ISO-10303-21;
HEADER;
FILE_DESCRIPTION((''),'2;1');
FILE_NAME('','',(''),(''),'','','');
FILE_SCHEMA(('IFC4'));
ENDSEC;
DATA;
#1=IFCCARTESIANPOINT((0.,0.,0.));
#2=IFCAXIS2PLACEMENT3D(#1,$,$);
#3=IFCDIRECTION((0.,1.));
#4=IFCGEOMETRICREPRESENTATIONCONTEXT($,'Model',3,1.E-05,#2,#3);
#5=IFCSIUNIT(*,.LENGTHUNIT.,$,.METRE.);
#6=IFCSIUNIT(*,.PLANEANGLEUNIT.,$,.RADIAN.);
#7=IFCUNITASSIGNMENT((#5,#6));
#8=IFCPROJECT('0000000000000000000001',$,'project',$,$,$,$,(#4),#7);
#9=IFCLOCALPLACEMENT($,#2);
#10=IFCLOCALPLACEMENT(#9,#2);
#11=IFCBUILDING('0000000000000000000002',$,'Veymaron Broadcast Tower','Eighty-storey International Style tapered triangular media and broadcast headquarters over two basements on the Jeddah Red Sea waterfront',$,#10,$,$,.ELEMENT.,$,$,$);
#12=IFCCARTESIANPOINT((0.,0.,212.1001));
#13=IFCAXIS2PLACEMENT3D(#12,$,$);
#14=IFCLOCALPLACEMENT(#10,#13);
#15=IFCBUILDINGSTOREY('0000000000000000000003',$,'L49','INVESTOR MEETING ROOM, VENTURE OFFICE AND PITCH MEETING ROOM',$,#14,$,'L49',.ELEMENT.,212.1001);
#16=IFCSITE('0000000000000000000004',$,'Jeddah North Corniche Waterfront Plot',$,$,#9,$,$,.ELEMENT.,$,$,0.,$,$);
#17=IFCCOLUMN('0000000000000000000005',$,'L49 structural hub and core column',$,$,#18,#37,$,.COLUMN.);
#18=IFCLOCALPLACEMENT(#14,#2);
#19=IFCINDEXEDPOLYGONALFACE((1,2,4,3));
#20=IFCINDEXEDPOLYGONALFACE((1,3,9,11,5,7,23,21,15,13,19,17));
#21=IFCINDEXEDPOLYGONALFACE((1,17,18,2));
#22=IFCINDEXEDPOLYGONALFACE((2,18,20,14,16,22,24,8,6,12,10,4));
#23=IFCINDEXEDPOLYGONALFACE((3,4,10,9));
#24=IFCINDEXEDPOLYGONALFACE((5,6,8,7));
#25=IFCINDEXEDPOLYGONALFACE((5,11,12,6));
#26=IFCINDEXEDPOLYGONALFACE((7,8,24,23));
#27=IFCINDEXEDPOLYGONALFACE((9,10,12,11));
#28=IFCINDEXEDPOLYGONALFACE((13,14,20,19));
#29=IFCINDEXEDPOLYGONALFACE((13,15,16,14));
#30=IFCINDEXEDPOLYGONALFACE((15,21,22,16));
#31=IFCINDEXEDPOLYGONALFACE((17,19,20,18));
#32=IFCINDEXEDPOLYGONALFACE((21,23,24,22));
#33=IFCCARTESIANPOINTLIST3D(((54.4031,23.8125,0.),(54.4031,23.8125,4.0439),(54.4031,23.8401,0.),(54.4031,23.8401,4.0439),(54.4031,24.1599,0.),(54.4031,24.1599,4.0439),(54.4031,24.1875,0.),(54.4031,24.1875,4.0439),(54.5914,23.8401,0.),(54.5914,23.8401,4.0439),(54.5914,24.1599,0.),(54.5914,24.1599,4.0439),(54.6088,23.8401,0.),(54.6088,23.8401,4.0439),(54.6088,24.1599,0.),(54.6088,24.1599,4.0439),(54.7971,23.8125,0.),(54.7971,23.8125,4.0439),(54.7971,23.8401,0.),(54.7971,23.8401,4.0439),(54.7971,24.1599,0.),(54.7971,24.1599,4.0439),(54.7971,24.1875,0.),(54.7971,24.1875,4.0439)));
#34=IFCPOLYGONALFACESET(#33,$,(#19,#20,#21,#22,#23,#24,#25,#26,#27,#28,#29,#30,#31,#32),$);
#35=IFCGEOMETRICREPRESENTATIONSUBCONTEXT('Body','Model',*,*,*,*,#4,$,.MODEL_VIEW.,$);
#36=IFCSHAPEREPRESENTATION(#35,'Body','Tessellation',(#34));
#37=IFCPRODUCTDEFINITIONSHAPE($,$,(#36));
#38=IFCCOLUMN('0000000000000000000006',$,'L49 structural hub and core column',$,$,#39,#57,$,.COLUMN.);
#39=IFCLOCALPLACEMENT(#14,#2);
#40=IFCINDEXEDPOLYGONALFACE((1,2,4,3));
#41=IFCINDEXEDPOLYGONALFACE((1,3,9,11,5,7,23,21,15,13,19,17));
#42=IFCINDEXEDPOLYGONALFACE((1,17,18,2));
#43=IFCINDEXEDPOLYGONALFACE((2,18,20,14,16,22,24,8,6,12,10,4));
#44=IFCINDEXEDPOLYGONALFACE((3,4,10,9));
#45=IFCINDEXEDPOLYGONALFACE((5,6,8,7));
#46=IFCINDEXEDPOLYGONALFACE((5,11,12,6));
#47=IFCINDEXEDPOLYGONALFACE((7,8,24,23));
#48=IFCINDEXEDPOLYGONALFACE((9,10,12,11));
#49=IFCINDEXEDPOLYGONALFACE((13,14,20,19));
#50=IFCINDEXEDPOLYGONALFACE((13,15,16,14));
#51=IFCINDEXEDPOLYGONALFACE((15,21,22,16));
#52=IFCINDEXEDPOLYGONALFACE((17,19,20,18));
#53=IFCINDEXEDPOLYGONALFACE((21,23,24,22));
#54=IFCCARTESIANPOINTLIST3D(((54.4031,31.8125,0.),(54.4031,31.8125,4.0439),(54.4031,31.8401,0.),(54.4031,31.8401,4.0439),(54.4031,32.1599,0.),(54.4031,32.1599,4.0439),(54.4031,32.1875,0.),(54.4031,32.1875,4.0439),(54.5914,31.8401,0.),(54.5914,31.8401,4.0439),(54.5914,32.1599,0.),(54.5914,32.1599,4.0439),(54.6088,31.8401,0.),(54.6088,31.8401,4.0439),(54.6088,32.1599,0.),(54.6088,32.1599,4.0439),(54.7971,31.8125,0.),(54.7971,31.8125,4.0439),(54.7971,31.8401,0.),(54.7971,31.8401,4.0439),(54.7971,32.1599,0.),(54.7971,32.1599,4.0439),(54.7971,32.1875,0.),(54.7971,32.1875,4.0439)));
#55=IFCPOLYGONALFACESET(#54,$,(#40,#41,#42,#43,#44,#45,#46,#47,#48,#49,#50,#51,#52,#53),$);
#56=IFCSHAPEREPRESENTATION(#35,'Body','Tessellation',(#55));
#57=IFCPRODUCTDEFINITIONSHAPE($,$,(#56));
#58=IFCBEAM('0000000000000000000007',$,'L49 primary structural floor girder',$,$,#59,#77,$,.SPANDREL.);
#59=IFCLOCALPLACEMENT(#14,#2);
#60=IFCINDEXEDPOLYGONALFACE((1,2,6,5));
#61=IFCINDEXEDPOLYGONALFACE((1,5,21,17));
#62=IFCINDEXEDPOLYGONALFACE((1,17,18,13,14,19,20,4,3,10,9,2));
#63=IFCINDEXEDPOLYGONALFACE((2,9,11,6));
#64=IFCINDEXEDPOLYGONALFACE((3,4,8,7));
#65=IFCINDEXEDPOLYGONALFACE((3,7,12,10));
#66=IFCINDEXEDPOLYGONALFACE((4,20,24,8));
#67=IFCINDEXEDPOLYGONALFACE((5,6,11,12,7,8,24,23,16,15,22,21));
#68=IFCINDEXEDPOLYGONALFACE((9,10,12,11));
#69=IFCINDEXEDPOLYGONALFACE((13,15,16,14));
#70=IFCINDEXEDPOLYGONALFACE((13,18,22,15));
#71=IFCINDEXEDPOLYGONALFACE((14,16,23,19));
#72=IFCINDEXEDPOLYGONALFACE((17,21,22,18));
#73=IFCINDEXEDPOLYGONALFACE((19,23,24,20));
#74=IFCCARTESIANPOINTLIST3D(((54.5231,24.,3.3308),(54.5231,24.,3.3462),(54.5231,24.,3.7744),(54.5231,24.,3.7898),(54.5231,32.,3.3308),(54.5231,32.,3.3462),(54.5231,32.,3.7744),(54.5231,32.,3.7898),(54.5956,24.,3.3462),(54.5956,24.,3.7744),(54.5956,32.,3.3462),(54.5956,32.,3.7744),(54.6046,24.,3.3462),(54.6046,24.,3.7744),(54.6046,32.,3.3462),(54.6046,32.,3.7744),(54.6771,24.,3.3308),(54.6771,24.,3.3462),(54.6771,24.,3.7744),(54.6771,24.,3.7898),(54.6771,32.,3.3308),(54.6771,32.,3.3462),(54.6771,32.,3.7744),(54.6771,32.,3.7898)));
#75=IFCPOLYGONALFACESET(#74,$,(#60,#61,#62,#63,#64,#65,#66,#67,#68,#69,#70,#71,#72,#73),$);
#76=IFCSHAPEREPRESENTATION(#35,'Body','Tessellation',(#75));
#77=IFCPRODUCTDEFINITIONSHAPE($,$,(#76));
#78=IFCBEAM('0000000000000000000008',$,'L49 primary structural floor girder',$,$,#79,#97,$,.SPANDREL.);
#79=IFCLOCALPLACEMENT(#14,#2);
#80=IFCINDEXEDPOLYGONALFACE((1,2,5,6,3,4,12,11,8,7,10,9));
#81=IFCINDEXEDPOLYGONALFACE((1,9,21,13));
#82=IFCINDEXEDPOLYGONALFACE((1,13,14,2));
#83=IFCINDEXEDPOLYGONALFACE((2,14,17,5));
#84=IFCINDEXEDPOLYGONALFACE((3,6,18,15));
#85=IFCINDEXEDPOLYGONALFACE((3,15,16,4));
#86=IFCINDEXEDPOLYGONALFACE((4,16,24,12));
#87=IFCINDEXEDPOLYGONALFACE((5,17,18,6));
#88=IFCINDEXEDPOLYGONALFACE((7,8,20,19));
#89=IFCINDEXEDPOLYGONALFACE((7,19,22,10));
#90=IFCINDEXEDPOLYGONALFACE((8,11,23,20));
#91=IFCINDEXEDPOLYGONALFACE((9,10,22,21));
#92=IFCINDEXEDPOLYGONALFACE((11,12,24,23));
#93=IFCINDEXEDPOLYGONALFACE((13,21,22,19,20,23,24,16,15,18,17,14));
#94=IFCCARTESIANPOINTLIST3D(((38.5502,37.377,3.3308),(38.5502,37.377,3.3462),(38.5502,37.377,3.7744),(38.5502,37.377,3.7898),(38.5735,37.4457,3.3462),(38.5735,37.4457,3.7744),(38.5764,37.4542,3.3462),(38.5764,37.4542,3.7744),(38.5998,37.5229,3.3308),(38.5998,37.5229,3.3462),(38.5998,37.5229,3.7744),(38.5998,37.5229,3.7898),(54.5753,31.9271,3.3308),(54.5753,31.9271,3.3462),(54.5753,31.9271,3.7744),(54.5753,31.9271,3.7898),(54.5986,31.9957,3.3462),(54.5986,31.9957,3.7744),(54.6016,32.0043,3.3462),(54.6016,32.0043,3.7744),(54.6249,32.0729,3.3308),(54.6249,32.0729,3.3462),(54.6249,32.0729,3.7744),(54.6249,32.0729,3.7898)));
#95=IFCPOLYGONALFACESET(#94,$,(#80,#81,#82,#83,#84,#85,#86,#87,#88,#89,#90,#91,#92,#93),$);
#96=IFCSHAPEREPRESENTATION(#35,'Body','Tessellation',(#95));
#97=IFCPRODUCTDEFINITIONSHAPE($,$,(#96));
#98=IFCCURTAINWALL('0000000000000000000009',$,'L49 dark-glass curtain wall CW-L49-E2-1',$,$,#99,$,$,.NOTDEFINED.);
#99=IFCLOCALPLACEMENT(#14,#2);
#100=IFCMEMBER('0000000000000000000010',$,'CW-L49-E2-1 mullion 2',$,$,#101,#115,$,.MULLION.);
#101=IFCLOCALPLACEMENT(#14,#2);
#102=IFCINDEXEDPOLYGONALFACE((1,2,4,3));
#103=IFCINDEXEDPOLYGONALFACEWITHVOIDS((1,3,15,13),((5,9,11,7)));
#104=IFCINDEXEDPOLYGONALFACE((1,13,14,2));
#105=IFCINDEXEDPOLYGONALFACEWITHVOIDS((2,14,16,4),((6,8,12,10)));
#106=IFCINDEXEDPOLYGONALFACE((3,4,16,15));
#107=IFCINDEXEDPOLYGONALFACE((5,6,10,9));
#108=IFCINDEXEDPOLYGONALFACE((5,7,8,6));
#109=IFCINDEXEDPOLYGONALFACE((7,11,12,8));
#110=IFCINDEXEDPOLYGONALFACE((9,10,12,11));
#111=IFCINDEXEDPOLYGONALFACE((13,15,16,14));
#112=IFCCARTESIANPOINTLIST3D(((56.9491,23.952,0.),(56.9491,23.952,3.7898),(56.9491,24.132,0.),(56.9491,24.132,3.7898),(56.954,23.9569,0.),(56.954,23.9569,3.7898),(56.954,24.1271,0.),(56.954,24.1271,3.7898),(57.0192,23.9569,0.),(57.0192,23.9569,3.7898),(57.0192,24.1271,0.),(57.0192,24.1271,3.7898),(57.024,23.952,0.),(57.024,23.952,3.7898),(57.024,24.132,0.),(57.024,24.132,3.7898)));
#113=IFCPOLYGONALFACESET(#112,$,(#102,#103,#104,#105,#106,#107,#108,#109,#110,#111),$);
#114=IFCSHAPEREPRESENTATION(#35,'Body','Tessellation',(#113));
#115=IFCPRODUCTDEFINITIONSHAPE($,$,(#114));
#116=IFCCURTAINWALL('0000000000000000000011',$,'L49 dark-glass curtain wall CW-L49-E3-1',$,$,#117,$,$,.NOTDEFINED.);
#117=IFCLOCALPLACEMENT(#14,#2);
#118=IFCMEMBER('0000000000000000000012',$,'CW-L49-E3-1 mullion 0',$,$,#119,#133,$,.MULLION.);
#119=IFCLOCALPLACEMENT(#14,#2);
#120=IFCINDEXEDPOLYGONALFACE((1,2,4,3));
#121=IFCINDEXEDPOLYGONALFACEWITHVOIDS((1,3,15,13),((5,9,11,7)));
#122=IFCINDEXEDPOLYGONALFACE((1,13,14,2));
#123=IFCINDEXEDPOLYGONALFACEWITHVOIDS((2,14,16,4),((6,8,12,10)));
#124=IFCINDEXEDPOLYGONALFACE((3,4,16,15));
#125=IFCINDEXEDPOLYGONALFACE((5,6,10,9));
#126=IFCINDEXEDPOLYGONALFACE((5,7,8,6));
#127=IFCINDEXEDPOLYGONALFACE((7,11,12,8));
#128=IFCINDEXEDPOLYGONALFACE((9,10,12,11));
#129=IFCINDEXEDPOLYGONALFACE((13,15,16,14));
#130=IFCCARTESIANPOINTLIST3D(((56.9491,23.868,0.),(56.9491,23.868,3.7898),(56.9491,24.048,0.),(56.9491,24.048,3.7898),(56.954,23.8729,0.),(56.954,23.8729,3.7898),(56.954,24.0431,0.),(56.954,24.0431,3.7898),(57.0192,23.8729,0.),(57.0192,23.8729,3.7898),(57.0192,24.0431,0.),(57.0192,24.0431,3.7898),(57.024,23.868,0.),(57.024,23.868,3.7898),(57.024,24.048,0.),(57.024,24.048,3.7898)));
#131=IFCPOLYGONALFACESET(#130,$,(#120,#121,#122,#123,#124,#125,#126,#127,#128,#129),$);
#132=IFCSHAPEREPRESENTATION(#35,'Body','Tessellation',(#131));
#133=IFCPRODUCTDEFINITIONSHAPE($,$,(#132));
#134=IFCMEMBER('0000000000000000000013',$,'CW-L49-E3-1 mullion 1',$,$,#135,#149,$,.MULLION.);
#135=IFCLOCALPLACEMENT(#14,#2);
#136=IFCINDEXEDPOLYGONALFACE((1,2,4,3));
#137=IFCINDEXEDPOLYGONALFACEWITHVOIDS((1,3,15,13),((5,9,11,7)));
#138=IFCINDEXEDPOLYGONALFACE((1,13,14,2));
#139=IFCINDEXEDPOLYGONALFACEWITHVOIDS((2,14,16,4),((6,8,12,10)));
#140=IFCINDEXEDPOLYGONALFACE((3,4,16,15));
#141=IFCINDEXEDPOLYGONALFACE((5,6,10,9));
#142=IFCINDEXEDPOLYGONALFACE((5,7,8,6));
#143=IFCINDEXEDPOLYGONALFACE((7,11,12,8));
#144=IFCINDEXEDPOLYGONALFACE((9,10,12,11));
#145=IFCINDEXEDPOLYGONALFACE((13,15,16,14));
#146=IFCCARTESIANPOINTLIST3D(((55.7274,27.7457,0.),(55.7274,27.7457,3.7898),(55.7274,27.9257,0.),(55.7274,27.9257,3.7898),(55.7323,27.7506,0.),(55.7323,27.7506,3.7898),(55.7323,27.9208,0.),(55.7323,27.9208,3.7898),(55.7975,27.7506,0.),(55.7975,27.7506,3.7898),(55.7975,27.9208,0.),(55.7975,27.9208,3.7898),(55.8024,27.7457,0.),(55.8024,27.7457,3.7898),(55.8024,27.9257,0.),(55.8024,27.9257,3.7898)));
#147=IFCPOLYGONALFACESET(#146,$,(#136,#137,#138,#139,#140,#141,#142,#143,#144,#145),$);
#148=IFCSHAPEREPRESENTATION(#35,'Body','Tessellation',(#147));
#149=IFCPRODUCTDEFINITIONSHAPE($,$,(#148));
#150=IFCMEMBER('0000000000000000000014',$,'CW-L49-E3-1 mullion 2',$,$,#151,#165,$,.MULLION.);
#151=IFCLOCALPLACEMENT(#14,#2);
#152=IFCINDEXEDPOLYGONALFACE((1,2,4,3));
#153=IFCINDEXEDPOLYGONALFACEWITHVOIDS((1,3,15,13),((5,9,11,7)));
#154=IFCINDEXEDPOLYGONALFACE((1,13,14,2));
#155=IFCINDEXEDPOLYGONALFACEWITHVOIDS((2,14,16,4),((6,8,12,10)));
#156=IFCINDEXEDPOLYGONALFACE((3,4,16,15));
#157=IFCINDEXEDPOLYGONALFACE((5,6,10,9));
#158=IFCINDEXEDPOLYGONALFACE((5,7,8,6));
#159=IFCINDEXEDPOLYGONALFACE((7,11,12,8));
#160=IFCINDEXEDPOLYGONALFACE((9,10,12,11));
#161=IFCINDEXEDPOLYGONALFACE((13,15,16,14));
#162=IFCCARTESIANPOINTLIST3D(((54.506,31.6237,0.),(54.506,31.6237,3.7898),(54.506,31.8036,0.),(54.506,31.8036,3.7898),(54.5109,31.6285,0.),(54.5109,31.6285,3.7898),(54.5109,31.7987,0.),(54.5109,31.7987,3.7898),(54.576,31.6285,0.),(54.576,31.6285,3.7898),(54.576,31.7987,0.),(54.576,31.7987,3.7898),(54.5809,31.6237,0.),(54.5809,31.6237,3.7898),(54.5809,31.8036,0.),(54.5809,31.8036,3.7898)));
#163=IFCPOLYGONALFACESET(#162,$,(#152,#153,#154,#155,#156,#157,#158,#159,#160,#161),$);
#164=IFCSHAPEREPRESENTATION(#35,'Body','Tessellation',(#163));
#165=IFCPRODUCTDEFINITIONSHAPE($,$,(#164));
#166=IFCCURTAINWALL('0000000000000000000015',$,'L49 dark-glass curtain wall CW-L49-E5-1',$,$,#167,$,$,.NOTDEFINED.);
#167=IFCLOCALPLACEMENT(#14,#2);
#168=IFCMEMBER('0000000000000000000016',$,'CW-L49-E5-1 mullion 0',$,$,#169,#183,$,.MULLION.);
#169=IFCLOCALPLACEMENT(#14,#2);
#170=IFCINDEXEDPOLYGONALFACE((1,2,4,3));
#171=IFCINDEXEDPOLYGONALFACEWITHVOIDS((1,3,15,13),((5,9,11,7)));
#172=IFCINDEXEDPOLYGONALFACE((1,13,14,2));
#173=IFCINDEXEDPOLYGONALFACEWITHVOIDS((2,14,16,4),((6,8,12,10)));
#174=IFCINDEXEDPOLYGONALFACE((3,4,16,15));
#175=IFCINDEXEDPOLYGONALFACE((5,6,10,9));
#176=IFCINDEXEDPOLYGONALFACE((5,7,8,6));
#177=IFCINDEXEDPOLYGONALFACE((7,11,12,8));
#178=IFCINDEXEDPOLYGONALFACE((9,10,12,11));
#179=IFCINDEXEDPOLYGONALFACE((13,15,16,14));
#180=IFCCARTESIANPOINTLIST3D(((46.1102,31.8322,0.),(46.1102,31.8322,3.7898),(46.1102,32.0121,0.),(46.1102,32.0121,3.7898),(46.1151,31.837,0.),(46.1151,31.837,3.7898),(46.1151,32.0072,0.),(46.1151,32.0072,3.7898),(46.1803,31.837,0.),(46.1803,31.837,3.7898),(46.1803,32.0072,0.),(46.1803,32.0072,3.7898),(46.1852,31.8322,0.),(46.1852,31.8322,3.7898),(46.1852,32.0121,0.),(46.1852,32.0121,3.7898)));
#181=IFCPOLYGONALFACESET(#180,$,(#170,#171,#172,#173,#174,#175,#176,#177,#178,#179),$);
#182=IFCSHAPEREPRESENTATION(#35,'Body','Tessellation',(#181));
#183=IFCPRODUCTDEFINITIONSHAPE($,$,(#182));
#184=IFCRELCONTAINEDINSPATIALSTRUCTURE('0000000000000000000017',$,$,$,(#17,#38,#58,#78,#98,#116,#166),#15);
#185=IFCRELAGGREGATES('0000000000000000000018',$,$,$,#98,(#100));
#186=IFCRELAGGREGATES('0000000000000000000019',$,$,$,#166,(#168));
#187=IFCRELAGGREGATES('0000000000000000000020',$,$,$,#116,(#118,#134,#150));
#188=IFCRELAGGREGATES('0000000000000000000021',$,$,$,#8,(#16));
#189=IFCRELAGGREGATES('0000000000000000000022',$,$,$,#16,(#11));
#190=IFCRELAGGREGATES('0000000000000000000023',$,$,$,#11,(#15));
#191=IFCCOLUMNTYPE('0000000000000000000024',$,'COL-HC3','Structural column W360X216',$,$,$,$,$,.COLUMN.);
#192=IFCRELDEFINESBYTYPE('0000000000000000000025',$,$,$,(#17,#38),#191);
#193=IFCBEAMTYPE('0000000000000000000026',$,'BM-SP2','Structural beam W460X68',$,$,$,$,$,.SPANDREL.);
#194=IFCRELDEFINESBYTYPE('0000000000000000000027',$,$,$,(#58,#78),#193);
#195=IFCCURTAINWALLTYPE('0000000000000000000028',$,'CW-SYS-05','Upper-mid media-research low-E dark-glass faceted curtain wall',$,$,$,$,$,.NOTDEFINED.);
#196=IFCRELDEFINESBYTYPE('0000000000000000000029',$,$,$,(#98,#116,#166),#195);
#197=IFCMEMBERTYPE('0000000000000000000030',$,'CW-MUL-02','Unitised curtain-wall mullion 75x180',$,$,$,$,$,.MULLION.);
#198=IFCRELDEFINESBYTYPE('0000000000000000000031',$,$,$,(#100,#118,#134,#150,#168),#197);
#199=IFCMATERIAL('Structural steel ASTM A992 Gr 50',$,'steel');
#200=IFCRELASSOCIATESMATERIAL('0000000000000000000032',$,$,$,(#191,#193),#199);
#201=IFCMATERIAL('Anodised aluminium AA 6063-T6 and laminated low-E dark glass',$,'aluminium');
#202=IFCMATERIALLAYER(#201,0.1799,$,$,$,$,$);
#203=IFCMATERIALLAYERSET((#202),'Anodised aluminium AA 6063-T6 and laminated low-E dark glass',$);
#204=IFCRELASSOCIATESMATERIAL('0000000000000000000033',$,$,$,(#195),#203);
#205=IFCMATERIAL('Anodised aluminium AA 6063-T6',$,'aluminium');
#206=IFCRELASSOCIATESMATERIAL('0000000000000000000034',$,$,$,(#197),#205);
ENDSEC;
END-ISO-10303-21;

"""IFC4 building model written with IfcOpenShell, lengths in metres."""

from ifc_helpers import new_model, si_unit, direction, frame, origin, origin_2d, place, context, subcontext, project, spatial, hollow_rectangle, i_section, extrude, material, layer, layer_set, material_profile, profile_set, type_object, element, aggregate, save


model = new_model("IFC4")

# Units and contexts
model_context = context("Model", 3, precision=1e-05, world=origin(), true_north=direction((0.0, 1.0)))
body_context = subcontext(model_context, "Body", "Model", "MODEL_VIEW")
ifc_project = project(units=[si_unit("LENGTHUNIT", "METRE"), si_unit("PLANEANGLEUNIT", "RADIAN")], contexts=[model_context])

# Site, building, storey
site_placement = place(None, origin())
site = spatial("IfcSite", under=ifc_project, at=site_placement, Name="Jeddah North Corniche Waterfront Plot", CompositionType="ELEMENT", RefElevation=0.0)
building_placement = place(site_placement, origin())
building = spatial("IfcBuilding", under=site, at=building_placement, Name="Veymaron Broadcast Tower", Description="Eighty-storey International Style tapered triangular media and broadcast headquarters over two basements on the Jeddah Red Sea waterfront", CompositionType="ELEMENT")
storey_placement = place(building_placement, frame((0.0, 0.0, 212.1001)))
storey = spatial("IfcBuildingStorey", under=building, at=storey_placement, Name="L49", Description="INVESTOR MEETING ROOM, VENTURE OFFICE AND PITCH MEETING ROOM", LongName="L49", CompositionType="ELEMENT", Elevation=212.1001)

# Columns
ifc_material_1 = material(Name="Structural steel ASTM A992 Gr 50", Category="steel")
ifc_material_profile_1 = material_profile(ifc_material_1, i_section(OverallWidth=0.394, OverallDepth=0.375, WebThickness=0.0173, FlangeThickness=0.0276, at=origin_2d()), Name="W360X216")
ifc_profile_set_1 = profile_set([ifc_material_profile_1], Name="Structural steel ASTM A992 Gr 50")
column_type = type_object("IfcColumnType", Name="COL-HC3", Description="Structural column W360X216", PredefinedType="COLUMN", material=ifc_profile_set_1)
for number, where, z_axis, x_axis, name in (
    (1, (54.6001, 24.0, 0.0), (0.0, 0.0, 1.0), (1.0, 0.0, 0.0), "L49 structural hub and core column"),
    (2, (54.6001, 32.0, 0.0), (0.0, 0.0, 1.0), (1.0, 0.0, 0.0), "L49 structural hub and core column"),
):
    element("IfcColumn", number, at=place(storey_placement, frame(where, z_axis=z_axis, x_axis=x_axis)), inside=storey, type_object=column_type, Name=name, PredefinedType="COLUMN", context=body_context, shape_type="SweptSolid", body=[
        extrude(i_section(OverallWidth=0.394, OverallDepth=0.375, WebThickness=0.0173, FlangeThickness=0.0276, at=origin_2d()), origin(), (0.0, 0.0, 1.0), 4.0439),
    ])

# Beams
ifc_material_profile_2 = material_profile(ifc_material_1, i_section(OverallWidth=0.1541, OverallDepth=0.459, WebThickness=0.009, FlangeThickness=0.0154, at=origin_2d()), Name="W460X68")
ifc_profile_set_2 = profile_set([ifc_material_profile_2], Name="Structural steel ASTM A992 Gr 50")
beam_type = type_object("IfcBeamType", Name="BM-SP2", Description="Structural beam W460X68", PredefinedType="SPANDREL", material=ifc_profile_set_2)
beam_1_placement = place(storey_placement, frame((54.6001, 24.0, 3.5603), z_axis=(0.0, 1.0, 0.0), x_axis=(-1.0, 0.0, 0.0)))
element("IfcBeam", 3, at=beam_1_placement, inside=storey, type_object=beam_type, Name="L49 primary structural floor girder", PredefinedType="SPANDREL", context=body_context, shape_type="SweptSolid", body=[
    extrude(i_section(OverallWidth=0.1541, OverallDepth=0.459, WebThickness=0.009, FlangeThickness=0.0154, at=origin_2d()), origin(), (0.0, 0.0, 1.0), 8.0),
])
beam_2_placement = place(storey_placement, frame((54.6001, 32.0, 3.5603), z_axis=(-0.946748, 0.321977, 0.0), x_axis=(-0.321977, -0.946748, 0.0)))
element("IfcBeam", 4, at=beam_2_placement, inside=storey, type_object=beam_type, Name="L49 primary structural floor girder", PredefinedType="SPANDREL", context=body_context, shape_type="SweptSolid", body=[
    extrude(i_section(OverallWidth=0.1541, OverallDepth=0.459, WebThickness=0.009, FlangeThickness=0.0154, at=origin_2d()), origin(), (0.0, 0.0, 1.0), 16.9265),
])

# Curtain wall, member
ifc_material_2 = material(Name="Anodised aluminium AA 6063-T6 and laminated low-E dark glass", Category="aluminium")
ifc_layer_1 = layer(ifc_material_2, 0.1799)
ifc_layer_set_1 = layer_set([ifc_layer_1], Name="Anodised aluminium AA 6063-T6 and laminated low-E dark glass")
curtain_wall_type = type_object("IfcCurtainWallType", Name="CW-SYS-05", Description="Upper-mid media-research low-E dark-glass faceted curtain wall", PredefinedType="NOTDEFINED", material=ifc_layer_set_1)
curtain_wall_1_placement = place(storey_placement, origin())
curtain_wall_1 = element("IfcCurtainWall", 5, at=curtain_wall_1_placement, inside=storey, type_object=curtain_wall_type, Name="L49 dark-glass curtain wall CW-L49-E2-1", PredefinedType="NOTDEFINED")
ifc_material_3 = material(Name="Anodised aluminium AA 6063-T6", Category="aluminium")
ifc_material_profile_3 = material_profile(ifc_material_3, hollow_rectangle(XDim=0.075, YDim=0.1799, WallThickness=0.0049, at=origin_2d()), Name="AL180X75X5")
ifc_profile_set_3 = profile_set([ifc_material_profile_3], Name="Anodised aluminium AA 6063-T6")
member_type_1 = type_object("IfcMemberType", Name="CW-MUL-02", Description="Unitised curtain-wall mullion 75x180", PredefinedType="MULLION", material=ifc_profile_set_3)
member_1_placement = place(storey_placement, frame((56.9866, 24.042, 0.0), z_axis=(0.0, 0.0, 1.0), x_axis=(1.0, 0.0, 0.0)))
member_1 = element("IfcMember", 6, at=member_1_placement, type_object=member_type_1, Name="CW-L49-E2-1 mullion 2", PredefinedType="MULLION", context=body_context, shape_type="SweptSolid", body=[
    extrude(hollow_rectangle(XDim=0.075, YDim=0.1799, WallThickness=0.0049, at=origin_2d()), origin(), (0.0, 0.0, 1.0), 3.7898),
])
aggregate(curtain_wall_1, [member_1])

# Curtain wall, members
curtain_wall_2_placement = place(storey_placement, origin())
curtain_wall_2 = element("IfcCurtainWall", 7, at=curtain_wall_2_placement, inside=storey, type_object=curtain_wall_type, Name="L49 dark-glass curtain wall CW-L49-E3-1", PredefinedType="NOTDEFINED")
member_2_placement = place(storey_placement, frame((56.9866, 23.958, 0.0), z_axis=(0.0, 0.0, 1.0), x_axis=(1.0, 0.0, 0.0)))
member_2 = element("IfcMember", 8, at=member_2_placement, type_object=member_type_1, Name="CW-L49-E3-1 mullion 0", PredefinedType="MULLION", context=body_context, shape_type="SweptSolid", body=[
    extrude(hollow_rectangle(XDim=0.075, YDim=0.1799, WallThickness=0.0049, at=origin_2d()), origin(), (0.0, 0.0, 1.0), 3.7898),
])
member_3_placement = place(storey_placement, frame((55.7649, 27.8357, 0.0), z_axis=(0.0, 0.0, 1.0), x_axis=(1.0, 0.0, 0.0)))
member_3 = element("IfcMember", 9, at=member_3_placement, type_object=member_type_1, Name="CW-L49-E3-1 mullion 1", PredefinedType="MULLION", context=body_context, shape_type="SweptSolid", body=[
    extrude(hollow_rectangle(XDim=0.075, YDim=0.1799, WallThickness=0.0049, at=origin_2d()), origin(), (0.0, 0.0, 1.0), 3.7898),
])
member_4_placement = place(storey_placement, frame((54.5435, 31.7136, 0.0), z_axis=(0.0, 0.0, 1.0), x_axis=(1.0, 0.0, 0.0)))
member_4 = element("IfcMember", 10, at=member_4_placement, type_object=member_type_1, Name="CW-L49-E3-1 mullion 2", PredefinedType="MULLION", context=body_context, shape_type="SweptSolid", body=[
    extrude(hollow_rectangle(XDim=0.075, YDim=0.1799, WallThickness=0.0049, at=origin_2d()), origin(), (0.0, 0.0, 1.0), 3.7898),
])

# Curtain wall, member
curtain_wall_3_placement = place(storey_placement, origin())
curtain_wall_3 = element("IfcCurtainWall", 11, at=curtain_wall_3_placement, inside=storey, type_object=curtain_wall_type, Name="L49 dark-glass curtain wall CW-L49-E5-1", PredefinedType="NOTDEFINED")
member_5_placement = place(storey_placement, frame((46.1477, 31.9221, 0.0), z_axis=(0.0, 0.0, 1.0), x_axis=(1.0, 0.0, 0.0)))
member_5 = element("IfcMember", 12, at=member_5_placement, type_object=member_type_1, Name="CW-L49-E5-1 mullion 0", PredefinedType="MULLION", context=body_context, shape_type="SweptSolid", body=[
    extrude(hollow_rectangle(XDim=0.075, YDim=0.1799, WallThickness=0.0049, at=origin_2d()), origin(), (0.0, 0.0, 1.0), 3.7898),
])

aggregate(curtain_wall_3, [member_5])

aggregate(curtain_wall_2, [member_2, member_3, member_4])

save(model, "model.ifc")
